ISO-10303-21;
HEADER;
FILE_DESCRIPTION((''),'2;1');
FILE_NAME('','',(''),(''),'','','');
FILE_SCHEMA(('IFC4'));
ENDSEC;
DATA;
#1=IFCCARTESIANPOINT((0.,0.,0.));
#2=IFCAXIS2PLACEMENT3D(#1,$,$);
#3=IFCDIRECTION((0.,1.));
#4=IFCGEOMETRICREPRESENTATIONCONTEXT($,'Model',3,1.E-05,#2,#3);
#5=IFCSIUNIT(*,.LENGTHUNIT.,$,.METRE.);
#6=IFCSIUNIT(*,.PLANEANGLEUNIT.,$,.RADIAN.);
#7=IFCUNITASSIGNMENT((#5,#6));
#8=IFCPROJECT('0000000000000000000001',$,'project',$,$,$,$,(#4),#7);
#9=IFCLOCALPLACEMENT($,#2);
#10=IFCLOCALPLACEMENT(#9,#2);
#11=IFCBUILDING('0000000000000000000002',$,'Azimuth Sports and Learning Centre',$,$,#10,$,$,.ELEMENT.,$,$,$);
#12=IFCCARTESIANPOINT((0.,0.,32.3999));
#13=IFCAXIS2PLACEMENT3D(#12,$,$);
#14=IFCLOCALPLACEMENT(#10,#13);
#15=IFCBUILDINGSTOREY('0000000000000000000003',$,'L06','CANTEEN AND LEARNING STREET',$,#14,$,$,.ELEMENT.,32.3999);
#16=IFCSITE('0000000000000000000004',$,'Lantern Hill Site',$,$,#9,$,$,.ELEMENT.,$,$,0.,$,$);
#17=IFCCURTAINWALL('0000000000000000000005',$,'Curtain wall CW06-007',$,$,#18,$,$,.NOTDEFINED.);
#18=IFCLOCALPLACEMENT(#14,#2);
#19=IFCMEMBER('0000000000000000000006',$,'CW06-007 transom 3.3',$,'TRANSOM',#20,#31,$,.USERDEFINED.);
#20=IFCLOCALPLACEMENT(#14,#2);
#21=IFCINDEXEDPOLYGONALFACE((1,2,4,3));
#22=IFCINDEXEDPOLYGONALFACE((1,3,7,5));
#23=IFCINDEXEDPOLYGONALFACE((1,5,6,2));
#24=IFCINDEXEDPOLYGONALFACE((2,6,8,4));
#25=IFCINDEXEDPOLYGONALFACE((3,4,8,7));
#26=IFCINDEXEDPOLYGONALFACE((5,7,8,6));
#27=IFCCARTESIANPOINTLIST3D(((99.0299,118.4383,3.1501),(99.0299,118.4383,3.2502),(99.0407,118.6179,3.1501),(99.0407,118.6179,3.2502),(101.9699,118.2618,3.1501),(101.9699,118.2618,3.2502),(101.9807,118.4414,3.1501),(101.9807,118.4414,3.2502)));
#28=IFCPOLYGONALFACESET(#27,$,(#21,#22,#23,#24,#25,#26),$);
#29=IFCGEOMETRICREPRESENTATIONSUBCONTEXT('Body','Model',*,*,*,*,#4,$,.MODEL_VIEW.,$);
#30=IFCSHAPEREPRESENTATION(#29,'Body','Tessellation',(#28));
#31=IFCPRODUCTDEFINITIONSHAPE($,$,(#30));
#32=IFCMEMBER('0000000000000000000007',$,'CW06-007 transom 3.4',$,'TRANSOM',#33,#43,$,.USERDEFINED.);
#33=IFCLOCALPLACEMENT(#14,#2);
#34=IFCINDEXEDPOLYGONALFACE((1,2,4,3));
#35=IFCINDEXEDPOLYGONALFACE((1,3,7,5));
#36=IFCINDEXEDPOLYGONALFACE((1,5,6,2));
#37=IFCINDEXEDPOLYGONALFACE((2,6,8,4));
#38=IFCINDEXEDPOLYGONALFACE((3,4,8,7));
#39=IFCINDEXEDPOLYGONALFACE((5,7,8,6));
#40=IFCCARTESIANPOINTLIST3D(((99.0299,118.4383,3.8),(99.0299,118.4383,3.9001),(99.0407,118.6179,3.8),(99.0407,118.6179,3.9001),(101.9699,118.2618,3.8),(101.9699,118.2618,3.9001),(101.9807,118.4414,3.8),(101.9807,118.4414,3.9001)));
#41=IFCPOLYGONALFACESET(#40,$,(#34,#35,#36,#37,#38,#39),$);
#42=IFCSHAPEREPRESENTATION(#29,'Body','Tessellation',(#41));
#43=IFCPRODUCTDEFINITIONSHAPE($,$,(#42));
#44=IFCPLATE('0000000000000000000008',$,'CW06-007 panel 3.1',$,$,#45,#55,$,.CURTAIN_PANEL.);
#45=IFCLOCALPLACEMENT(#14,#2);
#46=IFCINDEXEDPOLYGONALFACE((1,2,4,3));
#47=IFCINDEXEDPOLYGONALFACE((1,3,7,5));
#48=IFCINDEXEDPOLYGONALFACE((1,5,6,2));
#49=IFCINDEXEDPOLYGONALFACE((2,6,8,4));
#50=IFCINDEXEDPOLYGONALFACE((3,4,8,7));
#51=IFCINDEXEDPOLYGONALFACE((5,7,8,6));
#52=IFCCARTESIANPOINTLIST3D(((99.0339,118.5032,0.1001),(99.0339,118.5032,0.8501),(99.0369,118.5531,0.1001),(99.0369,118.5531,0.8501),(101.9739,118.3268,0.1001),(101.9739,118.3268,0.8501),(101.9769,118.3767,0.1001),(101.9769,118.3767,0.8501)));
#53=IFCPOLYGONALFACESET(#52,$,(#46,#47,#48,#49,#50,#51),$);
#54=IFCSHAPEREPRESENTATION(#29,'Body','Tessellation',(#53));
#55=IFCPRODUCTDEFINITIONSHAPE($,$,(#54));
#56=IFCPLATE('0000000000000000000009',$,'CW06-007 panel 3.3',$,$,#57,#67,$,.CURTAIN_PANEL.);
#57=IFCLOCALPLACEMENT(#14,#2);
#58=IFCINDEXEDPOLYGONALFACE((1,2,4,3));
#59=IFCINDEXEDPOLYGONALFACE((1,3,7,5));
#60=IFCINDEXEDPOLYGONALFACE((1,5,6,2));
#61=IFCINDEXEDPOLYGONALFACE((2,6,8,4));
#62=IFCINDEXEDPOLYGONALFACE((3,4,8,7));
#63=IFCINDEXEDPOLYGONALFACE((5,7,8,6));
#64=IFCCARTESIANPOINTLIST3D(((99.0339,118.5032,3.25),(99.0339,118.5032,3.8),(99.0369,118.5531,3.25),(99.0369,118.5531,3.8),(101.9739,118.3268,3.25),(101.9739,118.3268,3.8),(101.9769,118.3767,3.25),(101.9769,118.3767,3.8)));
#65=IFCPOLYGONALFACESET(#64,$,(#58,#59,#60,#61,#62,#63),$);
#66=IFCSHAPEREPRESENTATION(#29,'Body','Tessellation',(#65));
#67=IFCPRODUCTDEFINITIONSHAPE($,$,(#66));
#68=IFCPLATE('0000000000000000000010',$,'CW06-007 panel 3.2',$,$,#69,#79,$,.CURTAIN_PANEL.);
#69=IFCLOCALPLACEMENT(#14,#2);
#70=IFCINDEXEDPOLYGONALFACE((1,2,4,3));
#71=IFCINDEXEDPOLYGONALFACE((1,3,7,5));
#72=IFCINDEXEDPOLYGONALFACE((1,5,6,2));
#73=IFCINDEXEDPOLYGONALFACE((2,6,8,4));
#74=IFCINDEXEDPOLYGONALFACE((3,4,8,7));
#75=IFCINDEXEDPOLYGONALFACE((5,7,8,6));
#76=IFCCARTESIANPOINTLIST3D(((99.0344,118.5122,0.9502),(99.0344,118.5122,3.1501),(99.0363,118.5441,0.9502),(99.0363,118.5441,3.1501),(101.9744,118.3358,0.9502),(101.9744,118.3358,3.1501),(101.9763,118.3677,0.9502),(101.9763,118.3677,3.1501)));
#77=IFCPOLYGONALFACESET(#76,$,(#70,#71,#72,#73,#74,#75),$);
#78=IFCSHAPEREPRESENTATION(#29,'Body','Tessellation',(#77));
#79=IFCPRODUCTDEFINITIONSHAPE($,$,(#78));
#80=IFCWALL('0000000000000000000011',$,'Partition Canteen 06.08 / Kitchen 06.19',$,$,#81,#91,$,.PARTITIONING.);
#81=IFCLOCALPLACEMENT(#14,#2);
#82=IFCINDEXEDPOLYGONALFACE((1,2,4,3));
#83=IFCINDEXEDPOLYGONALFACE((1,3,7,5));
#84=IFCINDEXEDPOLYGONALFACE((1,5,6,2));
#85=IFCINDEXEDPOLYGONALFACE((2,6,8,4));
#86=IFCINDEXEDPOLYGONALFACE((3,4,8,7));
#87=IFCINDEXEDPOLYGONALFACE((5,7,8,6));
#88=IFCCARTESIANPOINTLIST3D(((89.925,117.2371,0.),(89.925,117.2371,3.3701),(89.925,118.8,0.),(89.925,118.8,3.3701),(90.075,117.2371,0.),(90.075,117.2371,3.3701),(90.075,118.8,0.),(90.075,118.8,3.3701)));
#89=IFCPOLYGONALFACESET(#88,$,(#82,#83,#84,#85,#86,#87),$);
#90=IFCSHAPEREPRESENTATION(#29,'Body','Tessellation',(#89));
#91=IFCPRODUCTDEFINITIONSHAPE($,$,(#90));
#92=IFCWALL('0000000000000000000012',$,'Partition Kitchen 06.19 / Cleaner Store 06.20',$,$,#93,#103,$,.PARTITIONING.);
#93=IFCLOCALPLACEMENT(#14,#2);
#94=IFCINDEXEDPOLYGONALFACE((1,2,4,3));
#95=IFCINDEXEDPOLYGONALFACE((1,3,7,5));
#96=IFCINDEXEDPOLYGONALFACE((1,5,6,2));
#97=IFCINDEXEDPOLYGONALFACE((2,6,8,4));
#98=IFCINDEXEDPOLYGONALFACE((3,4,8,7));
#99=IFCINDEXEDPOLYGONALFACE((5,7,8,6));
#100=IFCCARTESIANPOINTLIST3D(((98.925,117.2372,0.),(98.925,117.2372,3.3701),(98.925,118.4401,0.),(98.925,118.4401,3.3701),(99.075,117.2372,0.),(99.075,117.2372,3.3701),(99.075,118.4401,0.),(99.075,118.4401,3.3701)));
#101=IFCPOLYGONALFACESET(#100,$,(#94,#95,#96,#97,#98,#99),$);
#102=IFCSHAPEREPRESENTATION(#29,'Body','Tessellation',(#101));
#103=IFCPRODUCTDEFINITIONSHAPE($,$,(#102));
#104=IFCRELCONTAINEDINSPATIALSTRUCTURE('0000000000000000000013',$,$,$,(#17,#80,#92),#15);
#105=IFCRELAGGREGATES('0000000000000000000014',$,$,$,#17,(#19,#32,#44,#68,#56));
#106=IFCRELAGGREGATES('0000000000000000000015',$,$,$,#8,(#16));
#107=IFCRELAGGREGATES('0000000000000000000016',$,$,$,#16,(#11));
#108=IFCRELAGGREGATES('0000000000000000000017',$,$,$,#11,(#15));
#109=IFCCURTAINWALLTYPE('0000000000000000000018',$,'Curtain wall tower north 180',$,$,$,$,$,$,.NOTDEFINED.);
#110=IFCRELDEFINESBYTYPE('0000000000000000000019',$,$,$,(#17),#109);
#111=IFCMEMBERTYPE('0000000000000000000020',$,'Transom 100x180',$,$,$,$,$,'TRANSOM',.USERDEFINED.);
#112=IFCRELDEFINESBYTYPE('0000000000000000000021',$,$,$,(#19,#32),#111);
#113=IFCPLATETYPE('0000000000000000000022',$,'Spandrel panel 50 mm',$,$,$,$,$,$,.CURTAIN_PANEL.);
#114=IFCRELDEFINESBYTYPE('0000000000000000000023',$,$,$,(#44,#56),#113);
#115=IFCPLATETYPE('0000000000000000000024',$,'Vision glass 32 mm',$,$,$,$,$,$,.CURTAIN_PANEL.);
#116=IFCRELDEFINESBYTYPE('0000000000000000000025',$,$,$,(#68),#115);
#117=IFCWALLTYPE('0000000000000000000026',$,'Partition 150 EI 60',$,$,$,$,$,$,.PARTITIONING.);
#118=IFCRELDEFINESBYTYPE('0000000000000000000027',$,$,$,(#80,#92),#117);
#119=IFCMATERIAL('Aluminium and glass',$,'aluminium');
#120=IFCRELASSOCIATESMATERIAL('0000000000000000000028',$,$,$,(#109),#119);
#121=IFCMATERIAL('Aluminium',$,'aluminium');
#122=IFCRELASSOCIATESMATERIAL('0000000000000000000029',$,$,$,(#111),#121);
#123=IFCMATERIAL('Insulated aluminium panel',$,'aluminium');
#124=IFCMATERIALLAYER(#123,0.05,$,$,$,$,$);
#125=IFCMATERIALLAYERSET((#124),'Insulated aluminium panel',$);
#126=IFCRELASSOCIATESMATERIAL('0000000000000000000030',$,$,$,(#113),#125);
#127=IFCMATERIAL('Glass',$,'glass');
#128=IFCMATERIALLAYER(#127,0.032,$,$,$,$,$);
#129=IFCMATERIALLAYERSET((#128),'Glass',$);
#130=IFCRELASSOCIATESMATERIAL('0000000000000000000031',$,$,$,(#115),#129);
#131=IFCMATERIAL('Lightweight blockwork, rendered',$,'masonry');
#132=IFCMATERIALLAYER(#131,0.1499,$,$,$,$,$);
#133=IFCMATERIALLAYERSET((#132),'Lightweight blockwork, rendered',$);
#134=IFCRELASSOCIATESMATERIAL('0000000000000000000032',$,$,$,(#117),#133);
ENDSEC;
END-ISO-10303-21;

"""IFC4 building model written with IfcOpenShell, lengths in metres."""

from ifc_helpers import new_model, si_unit, direction, frame, frame_2d, origin, origin_2d, place, context, subcontext, project, spatial, rectangle, extrude, material, layer, layer_set, material_profile, profile_set, type_object, element, aggregate, save


model = new_model("IFC4")

# Units and contexts
model_context = context("Model", 3, precision=1e-05, world=origin(), true_north=direction((0.0, 1.0)))
body_context = subcontext(model_context, "Body", "Model", "MODEL_VIEW")
ifc_project = project(units=[si_unit("LENGTHUNIT", "METRE"), si_unit("PLANEANGLEUNIT", "RADIAN")], contexts=[model_context])

# Site, building, storey
site_placement = place(None, origin())
site = spatial("IfcSite", under=ifc_project, at=site_placement, Name="Lantern Hill Site", CompositionType="ELEMENT", RefElevation=0.0)
building_placement = place(site_placement, origin())
building = spatial("IfcBuilding", under=site, at=building_placement, Name="Azimuth Sports and Learning Centre", CompositionType="ELEMENT")
storey_placement = place(building_placement, frame((0.0, 0.0, 32.3999)))
storey = spatial("IfcBuildingStorey", under=building, at=storey_placement, Name="L06", Description="CANTEEN AND LEARNING STREET", CompositionType="ELEMENT", Elevation=32.3999)

# Curtain wall, members, plates
ifc_material_1 = material(Name="Aluminium and glass", Category="aluminium")
curtain_wall_type = type_object("IfcCurtainWallType", Name="Curtain wall tower north 180", PredefinedType="NOTDEFINED", material=ifc_material_1)
curtain_wall_placement = place(storey_placement, origin())
curtain_wall = element("IfcCurtainWall", 1, at=curtain_wall_placement, inside=storey, type_object=curtain_wall_type, Name="Curtain wall CW06-007", PredefinedType="NOTDEFINED")
ifc_material_2 = material(Name="Aluminium", Category="aluminium")
ifc_material_profile_1 = material_profile(ifc_material_2, rectangle(XDim=0.1799, YDim=0.1001, at=origin_2d()), Name="Transom 100x180")
ifc_profile_set_1 = profile_set([ifc_material_profile_1], Name="Aluminium")
member_type_1 = type_object("IfcMemberType", Name="Transom 100x180", ElementType="TRANSOM", PredefinedType="USERDEFINED", material=ifc_profile_set_1)
member_1_placement = place(storey_placement, frame((101.9753, 118.3516, 3.2002), z_axis=(-0.998202, 0.059932, 0.0), x_axis=(-0.059932, -0.998202, 0.0)))
member_1 = element("IfcMember", 2, at=member_1_placement, type_object=member_type_1, Name="CW06-007 transom 3.3", ObjectType="TRANSOM", PredefinedType="USERDEFINED", context=body_context, shape_type="SweptSolid", body=[
    extrude(rectangle(XDim=0.1799, YDim=0.1001, at=origin_2d()), origin(), (0.0, 0.0, 1.0), 2.9453),
])
member_2_placement = place(storey_placement, frame((101.9753, 118.3516, 3.8501), z_axis=(-0.998202, 0.059932, 0.0), x_axis=(-0.059932, -0.998202, 0.0)))
member_2 = element("IfcMember", 3, at=member_2_placement, type_object=member_type_1, Name="CW06-007 transom 3.4", ObjectType="TRANSOM", PredefinedType="USERDEFINED", context=body_context, shape_type="SweptSolid", body=[
    extrude(rectangle(XDim=0.1799, YDim=0.1001, at=origin_2d()), origin(), (0.0, 0.0, 1.0), 2.9453),
])
ifc_material_3 = material(Name="Insulated aluminium panel", Category="aluminium")
ifc_layer_1 = layer(ifc_material_3, 0.05)
ifc_layer_set_1 = layer_set([ifc_layer_1], Name="Insulated aluminium panel")
plate_type_1 = type_object("IfcPlateType", Name="Spandrel panel 50 mm", PredefinedType="CURTAIN_PANEL", material=ifc_layer_set_1)
plate_1_placement = place(storey_placement, frame((100.5054, 118.4399, 0.1001), z_axis=(0.0, 0.0, 1.0), x_axis=(-0.998205, 0.059892, 0.0)))
plate_1 = element("IfcPlate", 4, at=plate_1_placement, type_object=plate_type_1, Name="CW06-007 panel 3.1", PredefinedType="CURTAIN_PANEL", context=body_context, shape_type="SweptSolid", body=[
    extrude(rectangle(XDim=2.9453, YDim=0.05, at=origin_2d()), origin(), (0.0, 0.0, 1.0), 0.75),
])
plate_2_placement = place(storey_placement, frame((100.5054, 118.4399, 3.25), z_axis=(0.0, 0.0, 1.0), x_axis=(-0.998205, 0.059892, 0.0)))
plate_2 = element("IfcPlate", 5, at=plate_2_placement, type_object=plate_type_1, Name="CW06-007 panel 3.3", PredefinedType="CURTAIN_PANEL", context=body_context, shape_type="SweptSolid", body=[
    extrude(rectangle(XDim=2.9453, YDim=0.05, at=origin_2d()), origin(), (0.0, 0.0, 1.0), 0.55),
])
ifc_material_4 = material(Name="Glass", Category="glass")
ifc_layer_2 = layer(ifc_material_4, 0.032)
ifc_layer_set_2 = layer_set([ifc_layer_2], Name="Glass")
plate_type_2 = type_object("IfcPlateType", Name="Vision glass 32 mm", PredefinedType="CURTAIN_PANEL", material=ifc_layer_set_2)
plate_3_placement = place(storey_placement, frame((100.5054, 118.4399, 0.9502), z_axis=(0.0, 0.0, 1.0), x_axis=(-0.998205, 0.059892, 0.0)))
plate_3 = element("IfcPlate", 6, at=plate_3_placement, type_object=plate_type_2, Name="CW06-007 panel 3.2", PredefinedType="CURTAIN_PANEL", context=body_context, shape_type="SweptSolid", body=[
    extrude(rectangle(XDim=2.9453, YDim=0.032, at=origin_2d()), origin(), (0.0, 0.0, 1.0), 2.2),
])
aggregate(curtain_wall, [member_1, member_2, plate_1, plate_3, plate_2])

# Walls
ifc_material_5 = material(Name="Lightweight blockwork, rendered", Category="masonry")
ifc_layer_3 = layer(ifc_material_5, 0.1499)
ifc_layer_set_3 = layer_set([ifc_layer_3], Name="Lightweight blockwork, rendered")
wall_type = type_object("IfcWallType", Name="Partition 150 EI 60", PredefinedType="PARTITIONING", material=ifc_layer_set_3)
wall_1_placement = place(storey_placement, frame((90.0, 117.2371, 0.0), z_axis=(0.0, 0.0, 1.0), x_axis=(0.0, 1.0, 0.0)))
element("IfcWall", 7, at=wall_1_placement, inside=storey, type_object=wall_type, Name="Partition Canteen 06.08 / Kitchen 06.19", PredefinedType="PARTITIONING", context=body_context, shape_type="SweptSolid", body=[
    extrude(rectangle(XDim=1.563, YDim=0.1499, at=frame_2d((0.7815, 0.0))), origin(), (0.0, 0.0, 1.0), 3.3701),
])
wall_2_placement = place(storey_placement, frame((99.0, 117.2371, 0.0), z_axis=(0.0, 0.0, 1.0), x_axis=(0.0, 1.0, 0.0)))
element("IfcWall", 8, at=wall_2_placement, inside=storey, type_object=wall_type, Name="Partition Kitchen 06.19 / Cleaner Store 06.20", PredefinedType="PARTITIONING", context=body_context, shape_type="SweptSolid", body=[
    extrude(rectangle(XDim=1.2029, YDim=0.1499, at=frame_2d((0.6016, 0.0))), origin(), (0.0, 0.0, 1.0), 3.3701),
])

save(model, "model.ifc")
